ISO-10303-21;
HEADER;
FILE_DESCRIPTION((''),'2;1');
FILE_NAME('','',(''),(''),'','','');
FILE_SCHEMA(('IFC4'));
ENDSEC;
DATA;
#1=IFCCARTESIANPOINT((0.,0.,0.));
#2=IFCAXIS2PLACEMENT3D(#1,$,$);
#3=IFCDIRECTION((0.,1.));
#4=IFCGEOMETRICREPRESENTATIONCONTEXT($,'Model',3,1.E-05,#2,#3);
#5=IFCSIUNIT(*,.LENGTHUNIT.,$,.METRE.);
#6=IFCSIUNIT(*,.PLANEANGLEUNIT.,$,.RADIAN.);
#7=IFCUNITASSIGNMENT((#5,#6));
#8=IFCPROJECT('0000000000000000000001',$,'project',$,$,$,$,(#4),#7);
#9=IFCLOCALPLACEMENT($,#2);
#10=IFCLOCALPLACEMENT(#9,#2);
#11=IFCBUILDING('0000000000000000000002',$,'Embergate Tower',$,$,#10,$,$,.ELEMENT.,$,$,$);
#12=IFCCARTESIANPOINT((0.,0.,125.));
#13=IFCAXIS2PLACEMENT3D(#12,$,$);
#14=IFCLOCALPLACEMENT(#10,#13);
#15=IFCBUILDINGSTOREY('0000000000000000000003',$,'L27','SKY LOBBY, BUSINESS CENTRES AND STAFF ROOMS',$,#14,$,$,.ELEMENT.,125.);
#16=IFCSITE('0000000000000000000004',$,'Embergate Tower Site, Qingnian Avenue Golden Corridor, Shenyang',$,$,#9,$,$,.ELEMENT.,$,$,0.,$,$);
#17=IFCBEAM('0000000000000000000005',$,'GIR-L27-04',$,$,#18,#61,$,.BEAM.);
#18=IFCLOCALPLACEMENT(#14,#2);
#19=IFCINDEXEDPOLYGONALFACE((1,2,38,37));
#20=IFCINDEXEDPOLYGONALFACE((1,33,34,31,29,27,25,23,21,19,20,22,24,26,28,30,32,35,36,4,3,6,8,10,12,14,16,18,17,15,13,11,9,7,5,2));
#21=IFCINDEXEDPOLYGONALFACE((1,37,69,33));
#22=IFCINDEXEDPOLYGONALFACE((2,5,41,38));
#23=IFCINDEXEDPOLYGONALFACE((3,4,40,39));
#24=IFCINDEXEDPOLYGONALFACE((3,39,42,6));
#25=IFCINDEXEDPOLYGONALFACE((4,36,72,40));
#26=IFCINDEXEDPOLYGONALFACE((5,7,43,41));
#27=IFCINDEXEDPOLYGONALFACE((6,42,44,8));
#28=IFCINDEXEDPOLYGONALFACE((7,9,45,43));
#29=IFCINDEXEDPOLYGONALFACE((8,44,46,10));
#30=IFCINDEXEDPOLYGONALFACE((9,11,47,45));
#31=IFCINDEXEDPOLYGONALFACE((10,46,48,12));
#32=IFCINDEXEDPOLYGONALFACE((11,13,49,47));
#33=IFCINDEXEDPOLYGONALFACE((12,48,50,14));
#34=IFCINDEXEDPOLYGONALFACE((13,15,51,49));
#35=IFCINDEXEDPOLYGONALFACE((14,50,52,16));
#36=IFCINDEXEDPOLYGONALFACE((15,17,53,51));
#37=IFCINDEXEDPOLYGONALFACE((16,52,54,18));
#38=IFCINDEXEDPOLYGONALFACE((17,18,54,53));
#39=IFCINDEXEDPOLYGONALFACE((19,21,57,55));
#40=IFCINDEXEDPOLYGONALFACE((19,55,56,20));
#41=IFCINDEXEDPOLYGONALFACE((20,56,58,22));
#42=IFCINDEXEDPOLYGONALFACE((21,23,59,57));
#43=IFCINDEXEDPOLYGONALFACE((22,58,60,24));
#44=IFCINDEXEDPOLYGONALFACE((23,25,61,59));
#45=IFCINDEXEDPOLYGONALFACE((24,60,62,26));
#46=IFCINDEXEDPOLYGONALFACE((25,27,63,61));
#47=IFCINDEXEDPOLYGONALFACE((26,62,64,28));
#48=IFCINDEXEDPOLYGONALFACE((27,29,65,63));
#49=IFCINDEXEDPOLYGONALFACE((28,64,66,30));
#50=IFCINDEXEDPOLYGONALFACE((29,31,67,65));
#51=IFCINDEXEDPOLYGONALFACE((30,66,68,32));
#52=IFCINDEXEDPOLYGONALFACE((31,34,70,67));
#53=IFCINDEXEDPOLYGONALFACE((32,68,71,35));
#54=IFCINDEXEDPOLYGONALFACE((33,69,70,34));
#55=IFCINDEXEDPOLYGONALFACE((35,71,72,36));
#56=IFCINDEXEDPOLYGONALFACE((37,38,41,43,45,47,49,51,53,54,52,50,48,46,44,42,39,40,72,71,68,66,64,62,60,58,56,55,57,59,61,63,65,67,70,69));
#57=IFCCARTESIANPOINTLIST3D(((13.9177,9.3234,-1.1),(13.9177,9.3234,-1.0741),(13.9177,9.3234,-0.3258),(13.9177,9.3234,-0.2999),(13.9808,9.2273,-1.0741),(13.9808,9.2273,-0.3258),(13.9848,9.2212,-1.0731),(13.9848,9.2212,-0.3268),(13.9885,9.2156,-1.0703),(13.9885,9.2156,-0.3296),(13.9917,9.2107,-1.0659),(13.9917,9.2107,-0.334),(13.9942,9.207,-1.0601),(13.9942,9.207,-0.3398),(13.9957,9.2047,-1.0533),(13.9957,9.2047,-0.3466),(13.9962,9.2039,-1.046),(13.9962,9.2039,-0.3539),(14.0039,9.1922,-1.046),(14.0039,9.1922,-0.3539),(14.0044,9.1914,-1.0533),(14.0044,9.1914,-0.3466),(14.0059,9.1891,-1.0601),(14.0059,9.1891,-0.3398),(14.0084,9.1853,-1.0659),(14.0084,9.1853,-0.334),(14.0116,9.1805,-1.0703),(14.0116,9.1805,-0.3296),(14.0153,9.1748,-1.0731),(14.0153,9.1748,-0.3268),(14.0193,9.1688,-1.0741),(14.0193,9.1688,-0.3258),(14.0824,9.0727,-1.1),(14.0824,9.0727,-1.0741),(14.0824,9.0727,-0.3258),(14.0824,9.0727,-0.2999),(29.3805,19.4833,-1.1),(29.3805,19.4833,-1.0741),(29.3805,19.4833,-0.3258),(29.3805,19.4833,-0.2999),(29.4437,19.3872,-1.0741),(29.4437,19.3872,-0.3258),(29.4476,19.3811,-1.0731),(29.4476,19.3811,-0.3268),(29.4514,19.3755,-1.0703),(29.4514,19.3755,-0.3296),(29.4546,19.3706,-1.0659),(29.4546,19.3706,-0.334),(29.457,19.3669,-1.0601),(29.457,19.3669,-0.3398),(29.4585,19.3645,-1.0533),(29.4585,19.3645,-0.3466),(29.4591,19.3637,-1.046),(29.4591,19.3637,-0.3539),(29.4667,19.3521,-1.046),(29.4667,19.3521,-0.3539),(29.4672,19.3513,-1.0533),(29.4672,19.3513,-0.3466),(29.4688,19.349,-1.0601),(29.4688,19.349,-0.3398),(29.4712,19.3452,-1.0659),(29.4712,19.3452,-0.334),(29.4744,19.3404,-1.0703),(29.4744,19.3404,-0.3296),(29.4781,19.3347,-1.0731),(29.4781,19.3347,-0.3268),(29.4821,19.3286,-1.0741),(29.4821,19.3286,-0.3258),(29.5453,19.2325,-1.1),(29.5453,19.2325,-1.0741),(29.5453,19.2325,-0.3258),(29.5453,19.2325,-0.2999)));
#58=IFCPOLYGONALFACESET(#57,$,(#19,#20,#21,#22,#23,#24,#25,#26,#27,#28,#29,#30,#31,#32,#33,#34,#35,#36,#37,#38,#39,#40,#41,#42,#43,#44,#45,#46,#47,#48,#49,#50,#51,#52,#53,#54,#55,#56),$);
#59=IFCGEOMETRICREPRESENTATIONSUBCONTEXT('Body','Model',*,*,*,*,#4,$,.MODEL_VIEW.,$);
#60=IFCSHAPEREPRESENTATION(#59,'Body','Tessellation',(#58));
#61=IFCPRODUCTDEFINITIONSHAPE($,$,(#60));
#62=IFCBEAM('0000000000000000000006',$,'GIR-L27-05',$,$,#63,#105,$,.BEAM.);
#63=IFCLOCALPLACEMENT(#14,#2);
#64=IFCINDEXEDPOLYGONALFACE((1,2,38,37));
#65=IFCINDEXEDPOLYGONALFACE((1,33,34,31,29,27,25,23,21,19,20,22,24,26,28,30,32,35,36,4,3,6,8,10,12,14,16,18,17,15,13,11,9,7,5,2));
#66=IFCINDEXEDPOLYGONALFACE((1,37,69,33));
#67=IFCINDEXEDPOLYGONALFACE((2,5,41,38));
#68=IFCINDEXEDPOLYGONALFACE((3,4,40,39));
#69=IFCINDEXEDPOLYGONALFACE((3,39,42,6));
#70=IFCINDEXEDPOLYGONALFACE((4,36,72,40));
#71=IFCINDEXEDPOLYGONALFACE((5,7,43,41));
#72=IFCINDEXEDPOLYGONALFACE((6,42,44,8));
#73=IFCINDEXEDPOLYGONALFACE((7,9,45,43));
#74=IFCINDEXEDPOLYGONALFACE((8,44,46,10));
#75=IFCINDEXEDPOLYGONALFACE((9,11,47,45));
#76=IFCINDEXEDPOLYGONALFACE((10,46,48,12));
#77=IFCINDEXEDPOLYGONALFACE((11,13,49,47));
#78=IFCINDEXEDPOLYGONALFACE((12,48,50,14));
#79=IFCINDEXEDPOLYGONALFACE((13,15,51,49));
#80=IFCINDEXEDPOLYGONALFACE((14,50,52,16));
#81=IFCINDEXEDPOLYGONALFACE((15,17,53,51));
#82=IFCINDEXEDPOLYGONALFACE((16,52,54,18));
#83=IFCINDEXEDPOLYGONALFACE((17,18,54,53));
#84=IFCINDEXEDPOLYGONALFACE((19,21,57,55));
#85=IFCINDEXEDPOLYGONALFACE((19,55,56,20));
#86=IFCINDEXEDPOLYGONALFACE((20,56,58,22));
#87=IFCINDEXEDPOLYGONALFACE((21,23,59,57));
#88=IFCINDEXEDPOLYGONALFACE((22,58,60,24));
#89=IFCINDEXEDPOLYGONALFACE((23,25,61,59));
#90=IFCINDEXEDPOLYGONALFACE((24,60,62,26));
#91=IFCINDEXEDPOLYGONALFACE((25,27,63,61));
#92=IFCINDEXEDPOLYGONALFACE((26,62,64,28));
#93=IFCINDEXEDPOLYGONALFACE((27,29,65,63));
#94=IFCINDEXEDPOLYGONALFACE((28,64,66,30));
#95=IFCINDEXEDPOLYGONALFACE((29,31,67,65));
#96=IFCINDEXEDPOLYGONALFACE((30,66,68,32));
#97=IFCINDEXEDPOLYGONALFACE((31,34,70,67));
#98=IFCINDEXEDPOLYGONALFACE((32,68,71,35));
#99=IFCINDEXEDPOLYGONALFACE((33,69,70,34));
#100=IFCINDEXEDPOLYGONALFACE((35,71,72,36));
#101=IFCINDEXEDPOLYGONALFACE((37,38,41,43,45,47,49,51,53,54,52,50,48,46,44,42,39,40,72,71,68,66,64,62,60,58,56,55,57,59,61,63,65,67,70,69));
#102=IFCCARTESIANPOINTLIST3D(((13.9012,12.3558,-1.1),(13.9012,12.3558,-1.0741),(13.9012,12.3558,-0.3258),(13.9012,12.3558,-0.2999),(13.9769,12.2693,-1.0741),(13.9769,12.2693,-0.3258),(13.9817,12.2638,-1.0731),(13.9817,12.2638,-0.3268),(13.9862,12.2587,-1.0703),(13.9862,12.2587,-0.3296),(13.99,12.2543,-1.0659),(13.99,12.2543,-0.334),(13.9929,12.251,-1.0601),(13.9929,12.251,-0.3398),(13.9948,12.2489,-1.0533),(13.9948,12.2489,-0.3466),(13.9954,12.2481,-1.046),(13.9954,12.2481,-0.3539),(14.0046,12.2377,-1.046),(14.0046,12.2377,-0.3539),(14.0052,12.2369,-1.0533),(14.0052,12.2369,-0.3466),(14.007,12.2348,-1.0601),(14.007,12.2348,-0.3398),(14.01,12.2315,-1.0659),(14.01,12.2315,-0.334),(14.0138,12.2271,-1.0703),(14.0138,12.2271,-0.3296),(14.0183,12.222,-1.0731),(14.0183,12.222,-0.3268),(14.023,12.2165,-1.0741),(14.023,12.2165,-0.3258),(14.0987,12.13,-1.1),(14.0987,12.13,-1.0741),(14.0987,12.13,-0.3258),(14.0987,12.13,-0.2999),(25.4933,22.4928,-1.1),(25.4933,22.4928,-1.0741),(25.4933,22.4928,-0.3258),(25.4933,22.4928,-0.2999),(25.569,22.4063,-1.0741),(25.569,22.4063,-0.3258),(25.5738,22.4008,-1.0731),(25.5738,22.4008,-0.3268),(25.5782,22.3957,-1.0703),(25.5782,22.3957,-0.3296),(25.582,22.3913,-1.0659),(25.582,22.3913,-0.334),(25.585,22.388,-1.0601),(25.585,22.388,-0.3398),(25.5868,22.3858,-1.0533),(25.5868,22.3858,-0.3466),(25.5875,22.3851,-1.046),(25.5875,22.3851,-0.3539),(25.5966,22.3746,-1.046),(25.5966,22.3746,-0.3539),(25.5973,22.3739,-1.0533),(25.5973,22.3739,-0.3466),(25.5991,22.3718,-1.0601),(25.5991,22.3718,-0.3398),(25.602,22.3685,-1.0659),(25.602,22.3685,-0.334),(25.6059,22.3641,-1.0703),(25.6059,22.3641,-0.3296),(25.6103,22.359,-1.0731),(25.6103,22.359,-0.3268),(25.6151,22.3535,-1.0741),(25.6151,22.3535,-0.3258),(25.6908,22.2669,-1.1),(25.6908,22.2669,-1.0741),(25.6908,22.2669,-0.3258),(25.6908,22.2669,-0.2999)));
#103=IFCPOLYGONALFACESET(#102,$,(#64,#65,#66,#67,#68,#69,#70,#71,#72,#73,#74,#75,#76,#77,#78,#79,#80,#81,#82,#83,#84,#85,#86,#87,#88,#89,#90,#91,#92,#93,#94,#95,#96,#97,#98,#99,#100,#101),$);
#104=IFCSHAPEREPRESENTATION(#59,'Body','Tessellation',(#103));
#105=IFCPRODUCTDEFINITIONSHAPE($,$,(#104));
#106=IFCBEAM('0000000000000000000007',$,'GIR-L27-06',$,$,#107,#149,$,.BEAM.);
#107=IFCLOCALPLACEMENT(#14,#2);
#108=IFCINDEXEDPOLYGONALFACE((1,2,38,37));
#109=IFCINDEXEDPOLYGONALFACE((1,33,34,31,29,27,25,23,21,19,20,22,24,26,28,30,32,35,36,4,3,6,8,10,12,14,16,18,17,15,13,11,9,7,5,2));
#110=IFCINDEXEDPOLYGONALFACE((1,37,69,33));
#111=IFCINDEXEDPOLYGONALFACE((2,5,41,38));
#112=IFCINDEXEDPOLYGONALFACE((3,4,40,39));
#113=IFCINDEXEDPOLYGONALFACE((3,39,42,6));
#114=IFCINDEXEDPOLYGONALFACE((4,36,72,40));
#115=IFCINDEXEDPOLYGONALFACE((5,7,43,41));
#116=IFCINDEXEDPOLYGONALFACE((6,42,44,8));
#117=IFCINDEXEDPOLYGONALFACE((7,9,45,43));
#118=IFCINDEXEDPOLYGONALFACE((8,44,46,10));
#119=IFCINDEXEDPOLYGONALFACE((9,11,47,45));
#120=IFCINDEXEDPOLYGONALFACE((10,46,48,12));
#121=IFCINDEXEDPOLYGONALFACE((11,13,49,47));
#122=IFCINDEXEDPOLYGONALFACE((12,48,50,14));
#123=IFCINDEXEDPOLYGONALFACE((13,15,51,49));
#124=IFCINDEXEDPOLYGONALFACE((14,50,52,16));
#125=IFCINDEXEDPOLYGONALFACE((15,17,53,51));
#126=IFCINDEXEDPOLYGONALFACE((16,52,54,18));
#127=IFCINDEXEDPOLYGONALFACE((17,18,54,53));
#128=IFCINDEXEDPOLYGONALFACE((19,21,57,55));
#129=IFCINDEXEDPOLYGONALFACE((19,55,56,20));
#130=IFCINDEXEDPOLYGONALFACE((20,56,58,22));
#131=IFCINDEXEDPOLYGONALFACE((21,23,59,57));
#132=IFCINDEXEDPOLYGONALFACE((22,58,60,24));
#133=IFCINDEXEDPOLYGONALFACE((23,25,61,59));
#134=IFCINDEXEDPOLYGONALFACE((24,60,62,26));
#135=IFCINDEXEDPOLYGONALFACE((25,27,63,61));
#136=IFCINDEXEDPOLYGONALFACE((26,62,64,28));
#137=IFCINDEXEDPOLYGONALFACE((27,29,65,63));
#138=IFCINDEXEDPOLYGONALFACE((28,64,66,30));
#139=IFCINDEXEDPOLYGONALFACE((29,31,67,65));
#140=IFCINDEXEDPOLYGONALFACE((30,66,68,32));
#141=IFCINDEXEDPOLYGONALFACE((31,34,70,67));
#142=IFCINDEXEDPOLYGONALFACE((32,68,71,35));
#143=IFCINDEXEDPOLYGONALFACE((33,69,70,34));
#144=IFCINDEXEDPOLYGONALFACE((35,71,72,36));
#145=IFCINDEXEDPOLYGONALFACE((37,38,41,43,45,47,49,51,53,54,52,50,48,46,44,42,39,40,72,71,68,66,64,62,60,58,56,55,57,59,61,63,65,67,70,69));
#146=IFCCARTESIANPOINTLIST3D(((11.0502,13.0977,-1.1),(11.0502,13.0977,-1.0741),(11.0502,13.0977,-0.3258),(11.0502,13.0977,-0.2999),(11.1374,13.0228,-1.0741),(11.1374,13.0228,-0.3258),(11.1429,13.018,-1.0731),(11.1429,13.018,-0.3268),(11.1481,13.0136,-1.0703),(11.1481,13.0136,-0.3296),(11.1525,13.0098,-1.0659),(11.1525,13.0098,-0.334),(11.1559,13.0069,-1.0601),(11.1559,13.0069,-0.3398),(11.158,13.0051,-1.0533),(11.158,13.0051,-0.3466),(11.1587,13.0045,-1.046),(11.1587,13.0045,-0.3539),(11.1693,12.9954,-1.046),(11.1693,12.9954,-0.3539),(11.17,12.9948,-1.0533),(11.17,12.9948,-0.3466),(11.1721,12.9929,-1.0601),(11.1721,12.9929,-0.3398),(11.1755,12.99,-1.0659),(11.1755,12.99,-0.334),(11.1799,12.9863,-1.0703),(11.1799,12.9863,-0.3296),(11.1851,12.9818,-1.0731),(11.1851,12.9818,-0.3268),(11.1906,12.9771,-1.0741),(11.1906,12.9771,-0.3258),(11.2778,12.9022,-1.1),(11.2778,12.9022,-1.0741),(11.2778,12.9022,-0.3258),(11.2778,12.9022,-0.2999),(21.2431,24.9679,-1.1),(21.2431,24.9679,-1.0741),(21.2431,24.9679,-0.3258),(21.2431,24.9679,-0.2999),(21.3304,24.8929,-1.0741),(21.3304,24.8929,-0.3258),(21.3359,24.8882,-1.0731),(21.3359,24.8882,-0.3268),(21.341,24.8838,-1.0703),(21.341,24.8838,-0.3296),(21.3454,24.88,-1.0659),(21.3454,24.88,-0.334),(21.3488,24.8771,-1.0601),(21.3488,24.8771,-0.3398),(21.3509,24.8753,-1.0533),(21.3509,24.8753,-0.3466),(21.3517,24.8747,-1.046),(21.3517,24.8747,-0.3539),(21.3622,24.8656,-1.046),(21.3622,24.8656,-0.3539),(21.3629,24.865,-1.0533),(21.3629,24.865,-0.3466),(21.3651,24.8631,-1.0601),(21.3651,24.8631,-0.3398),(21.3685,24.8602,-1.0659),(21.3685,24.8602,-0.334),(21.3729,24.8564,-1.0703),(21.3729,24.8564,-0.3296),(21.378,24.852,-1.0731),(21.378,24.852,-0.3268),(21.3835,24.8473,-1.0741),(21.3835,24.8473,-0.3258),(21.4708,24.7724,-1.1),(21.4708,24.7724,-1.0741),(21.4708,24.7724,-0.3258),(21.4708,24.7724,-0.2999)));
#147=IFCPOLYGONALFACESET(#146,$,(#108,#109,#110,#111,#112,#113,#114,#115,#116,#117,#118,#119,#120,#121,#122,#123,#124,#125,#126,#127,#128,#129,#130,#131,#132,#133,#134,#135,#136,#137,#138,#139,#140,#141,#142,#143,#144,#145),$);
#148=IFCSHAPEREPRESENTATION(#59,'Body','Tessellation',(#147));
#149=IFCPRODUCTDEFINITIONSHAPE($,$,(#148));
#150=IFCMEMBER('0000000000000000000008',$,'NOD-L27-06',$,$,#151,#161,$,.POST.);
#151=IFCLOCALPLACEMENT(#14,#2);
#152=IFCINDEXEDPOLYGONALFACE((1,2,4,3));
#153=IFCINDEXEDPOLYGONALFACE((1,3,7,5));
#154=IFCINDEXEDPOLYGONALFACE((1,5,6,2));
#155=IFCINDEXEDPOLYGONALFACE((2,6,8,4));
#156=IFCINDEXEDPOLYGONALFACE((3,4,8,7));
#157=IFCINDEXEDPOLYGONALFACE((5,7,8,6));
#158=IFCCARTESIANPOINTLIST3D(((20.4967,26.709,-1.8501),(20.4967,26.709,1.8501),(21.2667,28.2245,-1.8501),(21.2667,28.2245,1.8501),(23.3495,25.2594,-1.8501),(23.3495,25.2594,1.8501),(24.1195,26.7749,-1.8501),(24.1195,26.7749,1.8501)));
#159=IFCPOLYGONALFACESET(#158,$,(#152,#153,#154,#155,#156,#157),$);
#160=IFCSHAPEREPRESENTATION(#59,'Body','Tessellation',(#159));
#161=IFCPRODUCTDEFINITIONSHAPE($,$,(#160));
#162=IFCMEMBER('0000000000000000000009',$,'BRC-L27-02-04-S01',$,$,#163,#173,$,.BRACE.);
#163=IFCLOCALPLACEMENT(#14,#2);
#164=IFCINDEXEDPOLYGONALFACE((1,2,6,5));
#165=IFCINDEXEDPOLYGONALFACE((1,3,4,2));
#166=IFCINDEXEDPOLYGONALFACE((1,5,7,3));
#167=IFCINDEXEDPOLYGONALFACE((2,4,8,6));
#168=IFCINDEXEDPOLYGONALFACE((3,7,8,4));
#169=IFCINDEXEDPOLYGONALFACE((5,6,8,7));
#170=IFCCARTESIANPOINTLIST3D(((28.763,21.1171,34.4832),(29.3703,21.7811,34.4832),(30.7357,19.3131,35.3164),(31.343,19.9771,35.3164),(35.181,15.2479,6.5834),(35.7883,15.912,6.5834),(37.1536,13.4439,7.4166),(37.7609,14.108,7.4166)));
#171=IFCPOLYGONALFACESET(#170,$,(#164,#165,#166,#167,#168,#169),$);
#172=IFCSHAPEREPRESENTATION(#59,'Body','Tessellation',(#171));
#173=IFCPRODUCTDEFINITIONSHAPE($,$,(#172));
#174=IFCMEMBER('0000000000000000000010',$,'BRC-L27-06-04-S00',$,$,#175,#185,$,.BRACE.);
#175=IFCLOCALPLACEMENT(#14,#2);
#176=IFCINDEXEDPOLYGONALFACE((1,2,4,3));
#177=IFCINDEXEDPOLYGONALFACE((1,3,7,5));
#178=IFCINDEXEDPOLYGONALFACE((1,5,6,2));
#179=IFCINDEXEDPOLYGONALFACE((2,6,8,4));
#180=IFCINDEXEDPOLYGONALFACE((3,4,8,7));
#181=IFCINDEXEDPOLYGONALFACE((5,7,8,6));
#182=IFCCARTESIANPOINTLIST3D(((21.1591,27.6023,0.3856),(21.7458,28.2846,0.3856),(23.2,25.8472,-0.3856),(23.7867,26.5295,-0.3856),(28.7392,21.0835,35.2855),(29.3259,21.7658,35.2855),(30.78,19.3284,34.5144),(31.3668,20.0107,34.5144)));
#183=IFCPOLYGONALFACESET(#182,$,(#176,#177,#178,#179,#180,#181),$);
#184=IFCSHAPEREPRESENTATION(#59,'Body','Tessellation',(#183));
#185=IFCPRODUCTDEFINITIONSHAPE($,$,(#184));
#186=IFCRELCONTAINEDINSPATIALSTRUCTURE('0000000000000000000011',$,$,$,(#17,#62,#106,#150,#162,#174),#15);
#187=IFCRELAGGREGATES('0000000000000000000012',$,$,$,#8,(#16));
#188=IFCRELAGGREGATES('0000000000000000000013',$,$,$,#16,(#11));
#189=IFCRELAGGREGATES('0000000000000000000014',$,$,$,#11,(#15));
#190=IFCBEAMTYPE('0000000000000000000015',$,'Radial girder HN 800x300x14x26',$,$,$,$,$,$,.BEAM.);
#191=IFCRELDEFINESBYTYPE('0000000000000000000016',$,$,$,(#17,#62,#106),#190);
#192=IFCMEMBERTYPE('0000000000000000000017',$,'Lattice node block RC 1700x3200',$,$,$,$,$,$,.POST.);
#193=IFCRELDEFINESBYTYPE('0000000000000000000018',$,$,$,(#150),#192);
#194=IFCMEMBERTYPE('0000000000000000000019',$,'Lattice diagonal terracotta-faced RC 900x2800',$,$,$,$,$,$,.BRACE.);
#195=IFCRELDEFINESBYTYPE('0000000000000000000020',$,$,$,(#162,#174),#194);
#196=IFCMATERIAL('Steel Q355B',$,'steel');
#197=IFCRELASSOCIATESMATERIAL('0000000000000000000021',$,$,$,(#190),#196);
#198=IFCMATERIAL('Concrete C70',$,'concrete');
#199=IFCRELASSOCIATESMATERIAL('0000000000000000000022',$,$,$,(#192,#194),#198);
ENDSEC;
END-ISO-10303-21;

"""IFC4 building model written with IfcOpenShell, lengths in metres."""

from ifc_helpers import new_model, si_unit, direction, frame, origin, origin_2d, place, context, subcontext, project, spatial, rectangle, i_section, extrude, source, transform, mapped, material, material_profile, profile_set, type_object, element, save


model = new_model("IFC4")

# Units and contexts
model_context = context("Model", 3, precision=1e-05, world=origin(), true_north=direction((0.0, 1.0)))
body_context = subcontext(model_context, "Body", "Model", "MODEL_VIEW")
ifc_project = project(units=[si_unit("LENGTHUNIT", "METRE"), si_unit("PLANEANGLEUNIT", "RADIAN")], contexts=[model_context])

# Site, building, storey
site_placement = place(None, origin())
site = spatial("IfcSite", under=ifc_project, at=site_placement, Name="Embergate Tower Site, Qingnian Avenue Golden Corridor, Shenyang", CompositionType="ELEMENT", RefElevation=0.0)
building_placement = place(site_placement, origin())
building = spatial("IfcBuilding", under=site, at=building_placement, Name="Embergate Tower", CompositionType="ELEMENT")
storey_placement = place(building_placement, frame((0.0, 0.0, 125.0)))
storey = spatial("IfcBuildingStorey", under=building, at=storey_placement, Name="L27", Description="SKY LOBBY, BUSINESS CENTRES AND STAFF ROOMS", CompositionType="ELEMENT", Elevation=125.0)

# Shared definitions
ifc_material_1 = material(Name="Concrete C70", Category="concrete")

# Beams
ifc_material_2 = material(Name="Steel Q355B", Category="steel")
ifc_material_profile_1 = material_profile(ifc_material_2, i_section(OverallWidth=0.3, OverallDepth=0.8, WebThickness=0.0139, FlangeThickness=0.0259, FilletRadius=0.0281, at=origin_2d()), Name="HN 800x300x14x26")
ifc_profile_set_1 = profile_set([ifc_material_profile_1], Name="Steel Q355 grade B")
beam_type_1 = type_object("IfcBeamType", Name="Radial girder HN 800x300x14x26", PredefinedType="BEAM", material=ifc_profile_set_1)
shared_shape_1 = source(origin(), body_context, "Body", "SweptSolid", [
    extrude(i_section(OverallWidth=0.3, OverallDepth=0.8, WebThickness=0.0139, FlangeThickness=0.0259, FilletRadius=0.0281, at=origin_2d()), origin(), (0.0, 0.0, 1.0), 18.502),
])
beam_1_placement = place(storey_placement, frame((29.4629, 19.3579, -0.7), z_axis=(-0.835741, -0.549124, 0.0), x_axis=(0.549124, -0.835741, 0.0)))
element("IfcBeam", 1, at=beam_1_placement, inside=storey, type_object=beam_type_1, Name="GIR-L27-04", PredefinedType="BEAM", context=body_context, shape_type="MappedRepresentation", body=[
    mapped(shared_shape_1, transform((0.0, 0.0, 0.0))),
])
shared_shape_2 = source(origin(), body_context, "Body", "SweptSolid", [
    extrude(i_section(OverallWidth=0.3, OverallDepth=0.8, WebThickness=0.0139, FlangeThickness=0.0259, FilletRadius=0.0281, at=origin_2d()), origin(), (0.0, 0.0, 1.0), 15.3992),
])
beam_2_placement = place(storey_placement, frame((25.592, 22.3799, -0.7), z_axis=(-0.752772, -0.658281, 0.0), x_axis=(0.658281, -0.752772, 0.0)))
element("IfcBeam", 2, at=beam_2_placement, inside=storey, type_object=beam_type_1, Name="GIR-L27-05", PredefinedType="BEAM", context=body_context, shape_type="MappedRepresentation", body=[
    mapped(shared_shape_2, transform((0.0, 0.0, 0.0))),
])
shared_shape_3 = source(origin(), body_context, "Body", "SweptSolid", [
    extrude(i_section(OverallWidth=0.3, OverallDepth=0.8, WebThickness=0.0139, FlangeThickness=0.0259, FilletRadius=0.0281, at=origin_2d()), origin(), (0.0, 0.0, 1.0), 15.646),
])
beam_3_placement = place(storey_placement, frame((21.3569, 24.8701, -0.7), z_axis=(-0.651472, -0.758673, 0.0), x_axis=(0.758673, -0.651472, 0.0)))
element("IfcBeam", 3, at=beam_3_placement, inside=storey, type_object=beam_type_1, Name="GIR-L27-06", PredefinedType="BEAM", context=body_context, shape_type="MappedRepresentation", body=[
    mapped(shared_shape_3, transform((0.0, 0.0, 0.0))),
])

# Members
ifc_material_profile_2 = material_profile(ifc_material_1, rectangle(XDim=1.7, YDim=3.2, at=origin_2d()), Name="RC 1700x3200")
ifc_profile_set_2 = profile_set([ifc_material_profile_2], Name="Concrete C70")
member_type_1 = type_object("IfcMemberType", Name="Lattice node block RC 1700x3200", PredefinedType="POST", material=ifc_profile_set_2)
shared_shape_4 = source(origin(), body_context, "Body", "SweptSolid", [
    extrude(rectangle(XDim=1.7, YDim=3.2, at=origin_2d()), origin(), (0.0, 0.0, 1.0), 3.7002),
])
member_1_placement = place(storey_placement, frame((22.3081, 26.7419, -1.8501), z_axis=(0.0, 0.0, 1.0), x_axis=(0.452995, 0.891513, 0.0)))
element("IfcMember", 4, at=member_1_placement, inside=storey, type_object=member_type_1, Name="NOD-L27-06", PredefinedType="POST", context=body_context, shape_type="MappedRepresentation", body=[
    mapped(shared_shape_4, transform((0.0, 0.0, 0.0))),
])
ifc_material_profile_3 = material_profile(ifc_material_1, rectangle(XDim=0.8999, YDim=2.8, at=origin_2d()), Name="RC 900x2800")
ifc_profile_set_3 = profile_set([ifc_material_profile_3], Name="Concrete C70")
member_type_2 = type_object("IfcMemberType", Name="Lattice diagonal terracotta-faced RC 900x2800", PredefinedType="BRACE", material=ifc_profile_set_3)
shared_shape_5 = source(origin(), body_context, "Body", "SweptSolid", [
    extrude(rectangle(XDim=0.8999, YDim=2.8, at=origin_2d()), origin(), (0.0, 0.0, 1.0), 29.2239),
])
member_2_placement = place(storey_placement, frame((36.4709, 14.678, 7.0), z_axis=(-0.219613, 0.200833, 0.954692), x_axis=(-0.67485, -0.737955, 0.0)))
element("IfcMember", 5, at=member_2_placement, inside=storey, type_object=member_type_2, Name="BRC-L27-02-04-S01", PredefinedType="BRACE", context=body_context, shape_type="MappedRepresentation", body=[
    mapped(shared_shape_5, transform((0.0, 0.0, 0.0))),
])
shared_shape_6 = source(origin(), body_context, "Body", "SweptSolid", [
    extrude(rectangle(XDim=0.8999, YDim=2.8, at=origin_2d()), origin(), (0.0, 0.0, 1.0), 36.3037),
])
member_3_placement = place(storey_placement, frame((22.4729, 27.0659, 0.0), z_axis=(0.208797, -0.179563, 0.961333), x_axis=(0.652035, 0.758189, 0.0)))
element("IfcMember", 6, at=member_3_placement, inside=storey, type_object=member_type_2, Name="BRC-L27-06-04-S00", PredefinedType="BRACE", context=body_context, shape_type="MappedRepresentation", body=[
    mapped(shared_shape_6, transform((0.0, 0.0, 0.0))),
])

save(model, "model.ifc")
